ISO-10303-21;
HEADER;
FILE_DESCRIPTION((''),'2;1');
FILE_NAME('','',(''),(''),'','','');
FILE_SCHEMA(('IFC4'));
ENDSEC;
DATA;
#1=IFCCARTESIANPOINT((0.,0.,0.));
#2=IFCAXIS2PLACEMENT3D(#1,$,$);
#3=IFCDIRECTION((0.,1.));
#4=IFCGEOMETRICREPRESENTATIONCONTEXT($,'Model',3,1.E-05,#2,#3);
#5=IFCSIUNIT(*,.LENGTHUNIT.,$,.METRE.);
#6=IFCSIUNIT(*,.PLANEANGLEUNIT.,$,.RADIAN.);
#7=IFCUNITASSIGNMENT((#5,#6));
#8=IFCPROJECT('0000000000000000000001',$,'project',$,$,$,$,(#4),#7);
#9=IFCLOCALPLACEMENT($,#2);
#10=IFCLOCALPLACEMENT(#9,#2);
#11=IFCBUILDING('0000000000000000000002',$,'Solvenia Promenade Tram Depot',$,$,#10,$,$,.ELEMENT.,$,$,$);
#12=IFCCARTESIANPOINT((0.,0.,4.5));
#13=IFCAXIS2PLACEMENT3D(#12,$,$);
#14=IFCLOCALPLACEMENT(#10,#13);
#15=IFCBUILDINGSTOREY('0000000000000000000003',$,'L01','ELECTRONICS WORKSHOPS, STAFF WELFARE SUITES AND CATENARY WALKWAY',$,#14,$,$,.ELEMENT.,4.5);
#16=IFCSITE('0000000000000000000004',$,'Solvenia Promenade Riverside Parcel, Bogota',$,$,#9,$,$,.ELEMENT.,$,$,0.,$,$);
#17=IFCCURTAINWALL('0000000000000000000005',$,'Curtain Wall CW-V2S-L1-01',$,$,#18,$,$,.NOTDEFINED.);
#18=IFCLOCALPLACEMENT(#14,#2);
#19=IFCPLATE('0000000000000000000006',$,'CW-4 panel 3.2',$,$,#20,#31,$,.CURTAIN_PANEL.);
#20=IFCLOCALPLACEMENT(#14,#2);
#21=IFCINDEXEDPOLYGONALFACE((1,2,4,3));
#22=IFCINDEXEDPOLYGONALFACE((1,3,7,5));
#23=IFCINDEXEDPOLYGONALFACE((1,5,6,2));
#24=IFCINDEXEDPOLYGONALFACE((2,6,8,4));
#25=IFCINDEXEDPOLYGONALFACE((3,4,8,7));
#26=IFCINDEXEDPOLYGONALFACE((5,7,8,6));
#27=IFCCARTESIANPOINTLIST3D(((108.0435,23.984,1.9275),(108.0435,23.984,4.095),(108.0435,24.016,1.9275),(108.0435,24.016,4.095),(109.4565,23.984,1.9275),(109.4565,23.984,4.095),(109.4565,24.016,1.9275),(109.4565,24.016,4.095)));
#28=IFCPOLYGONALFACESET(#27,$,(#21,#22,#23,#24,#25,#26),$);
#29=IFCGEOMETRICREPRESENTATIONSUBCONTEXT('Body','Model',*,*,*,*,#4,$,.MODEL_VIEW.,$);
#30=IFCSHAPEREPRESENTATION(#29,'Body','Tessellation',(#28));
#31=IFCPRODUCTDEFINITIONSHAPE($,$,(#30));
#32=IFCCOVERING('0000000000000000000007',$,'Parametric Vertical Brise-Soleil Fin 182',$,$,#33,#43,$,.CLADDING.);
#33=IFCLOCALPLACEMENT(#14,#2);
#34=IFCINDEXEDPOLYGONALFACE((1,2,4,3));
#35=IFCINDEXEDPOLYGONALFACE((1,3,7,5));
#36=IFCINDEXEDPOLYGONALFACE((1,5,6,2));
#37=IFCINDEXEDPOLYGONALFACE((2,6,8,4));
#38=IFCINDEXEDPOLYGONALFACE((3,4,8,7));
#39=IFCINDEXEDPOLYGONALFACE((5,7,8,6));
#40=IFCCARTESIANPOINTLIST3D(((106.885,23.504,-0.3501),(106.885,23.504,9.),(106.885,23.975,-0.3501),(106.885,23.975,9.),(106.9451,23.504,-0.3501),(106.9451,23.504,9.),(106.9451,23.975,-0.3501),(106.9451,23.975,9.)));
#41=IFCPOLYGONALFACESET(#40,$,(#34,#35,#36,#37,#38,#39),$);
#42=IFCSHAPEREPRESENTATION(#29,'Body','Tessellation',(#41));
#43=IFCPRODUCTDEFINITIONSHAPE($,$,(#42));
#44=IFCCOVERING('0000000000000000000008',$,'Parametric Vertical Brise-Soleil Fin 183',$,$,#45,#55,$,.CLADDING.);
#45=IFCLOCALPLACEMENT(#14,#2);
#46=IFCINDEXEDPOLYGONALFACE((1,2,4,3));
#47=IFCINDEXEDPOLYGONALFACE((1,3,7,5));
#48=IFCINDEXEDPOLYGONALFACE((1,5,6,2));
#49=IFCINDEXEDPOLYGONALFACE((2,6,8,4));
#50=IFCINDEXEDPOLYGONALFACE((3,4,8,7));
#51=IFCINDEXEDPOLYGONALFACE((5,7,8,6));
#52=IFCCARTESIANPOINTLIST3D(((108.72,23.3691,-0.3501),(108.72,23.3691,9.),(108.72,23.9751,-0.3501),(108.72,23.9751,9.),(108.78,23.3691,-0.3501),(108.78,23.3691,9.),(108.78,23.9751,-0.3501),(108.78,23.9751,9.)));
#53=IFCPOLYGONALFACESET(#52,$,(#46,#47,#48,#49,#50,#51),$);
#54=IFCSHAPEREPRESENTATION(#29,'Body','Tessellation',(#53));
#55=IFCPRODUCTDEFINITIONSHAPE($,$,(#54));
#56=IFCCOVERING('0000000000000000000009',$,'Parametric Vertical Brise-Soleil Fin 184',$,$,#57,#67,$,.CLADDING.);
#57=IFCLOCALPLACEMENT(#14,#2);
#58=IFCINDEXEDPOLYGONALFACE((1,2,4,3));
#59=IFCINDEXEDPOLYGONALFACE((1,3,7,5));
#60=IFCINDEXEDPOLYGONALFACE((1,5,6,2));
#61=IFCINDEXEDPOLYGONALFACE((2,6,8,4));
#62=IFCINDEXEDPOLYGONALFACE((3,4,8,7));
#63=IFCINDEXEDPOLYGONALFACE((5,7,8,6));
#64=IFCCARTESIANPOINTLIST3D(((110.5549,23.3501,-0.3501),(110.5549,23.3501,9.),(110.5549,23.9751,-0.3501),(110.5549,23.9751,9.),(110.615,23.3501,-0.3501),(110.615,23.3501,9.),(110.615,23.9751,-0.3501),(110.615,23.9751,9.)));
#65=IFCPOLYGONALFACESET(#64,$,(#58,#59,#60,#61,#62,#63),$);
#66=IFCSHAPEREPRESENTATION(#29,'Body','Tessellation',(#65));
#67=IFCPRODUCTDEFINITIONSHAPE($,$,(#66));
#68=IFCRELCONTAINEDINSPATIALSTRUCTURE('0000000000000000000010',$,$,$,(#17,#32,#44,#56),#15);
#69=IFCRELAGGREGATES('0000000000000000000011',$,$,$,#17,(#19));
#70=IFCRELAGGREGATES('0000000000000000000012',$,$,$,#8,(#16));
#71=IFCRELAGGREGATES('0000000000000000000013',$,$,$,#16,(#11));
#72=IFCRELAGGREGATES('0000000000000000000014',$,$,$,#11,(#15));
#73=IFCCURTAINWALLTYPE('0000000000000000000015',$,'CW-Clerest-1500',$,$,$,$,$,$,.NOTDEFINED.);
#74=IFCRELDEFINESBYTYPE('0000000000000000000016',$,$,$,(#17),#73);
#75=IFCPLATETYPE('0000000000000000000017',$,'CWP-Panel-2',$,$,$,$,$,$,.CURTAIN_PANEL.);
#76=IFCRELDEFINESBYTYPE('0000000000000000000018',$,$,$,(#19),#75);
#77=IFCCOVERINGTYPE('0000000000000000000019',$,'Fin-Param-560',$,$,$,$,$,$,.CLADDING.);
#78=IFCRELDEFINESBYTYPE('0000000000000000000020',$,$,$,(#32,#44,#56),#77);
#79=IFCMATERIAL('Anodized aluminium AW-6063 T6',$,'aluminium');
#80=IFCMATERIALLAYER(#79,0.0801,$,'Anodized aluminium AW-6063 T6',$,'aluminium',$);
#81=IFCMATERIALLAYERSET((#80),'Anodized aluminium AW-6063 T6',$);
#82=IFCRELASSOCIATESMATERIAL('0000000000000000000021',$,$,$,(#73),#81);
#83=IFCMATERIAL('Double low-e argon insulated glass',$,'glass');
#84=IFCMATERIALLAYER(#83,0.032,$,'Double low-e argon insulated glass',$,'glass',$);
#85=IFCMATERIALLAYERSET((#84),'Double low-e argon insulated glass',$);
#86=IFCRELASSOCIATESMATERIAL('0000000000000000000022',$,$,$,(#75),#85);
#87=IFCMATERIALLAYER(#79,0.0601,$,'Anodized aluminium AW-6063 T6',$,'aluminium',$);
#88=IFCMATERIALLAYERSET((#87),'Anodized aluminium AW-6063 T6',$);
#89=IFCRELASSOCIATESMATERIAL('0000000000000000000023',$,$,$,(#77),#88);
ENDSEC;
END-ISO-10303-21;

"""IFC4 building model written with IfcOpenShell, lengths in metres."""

from ifc_helpers import new_model, si_unit, direction, frame, origin, origin_2d, place, context, subcontext, project, spatial, rectangle, extrude, material, layer, layer_set, type_object, element, aggregate, save


model = new_model("IFC4")

# Units and contexts
model_context = context("Model", 3, precision=1e-05, world=origin(), true_north=direction((0.0, 1.0)))
body_context = subcontext(model_context, "Body", "Model", "MODEL_VIEW")
ifc_project = project(units=[si_unit("LENGTHUNIT", "METRE"), si_unit("PLANEANGLEUNIT", "RADIAN")], contexts=[model_context])

# Site, building, storey
site_placement = place(None, origin())
site = spatial("IfcSite", under=ifc_project, at=site_placement, Name="Solvenia Promenade Riverside Parcel, Bogota", CompositionType="ELEMENT", RefElevation=0.0)
building_placement = place(site_placement, origin())
building = spatial("IfcBuilding", under=site, at=building_placement, Name="Solvenia Promenade Tram Depot", CompositionType="ELEMENT")
storey_placement = place(building_placement, frame((0.0, 0.0, 4.5)))
storey = spatial("IfcBuildingStorey", under=building, at=storey_placement, Name="L01", Description="ELECTRONICS WORKSHOPS, STAFF WELFARE SUITES AND CATENARY WALKWAY", CompositionType="ELEMENT", Elevation=4.5)

# Curtain wall
ifc_material_1 = material(Name="Anodized aluminium AW-6063 T6", Category="aluminium")
ifc_layer_1 = layer(ifc_material_1, 0.0801, Name="Anodized aluminium AW-6063 T6", Category="aluminium")
ifc_layer_set_1 = layer_set([ifc_layer_1], Name="Anodized aluminium AW-6063 T6")
curtain_wall_type = type_object("IfcCurtainWallType", Name="CW-Clerest-1500", PredefinedType="NOTDEFINED", material=ifc_layer_set_1)
curtain_wall_placement = place(storey_placement, origin())
curtain_wall = element("IfcCurtainWall", 1, at=curtain_wall_placement, inside=storey, type_object=curtain_wall_type, Name="Curtain Wall CW-V2S-L1-01", PredefinedType="NOTDEFINED")

# Plate
ifc_material_2 = material(Name="Double low-e argon insulated glass", Category="glass")
ifc_layer_2 = layer(ifc_material_2, 0.032, Name="Double low-e argon insulated glass", Category="glass")
ifc_layer_set_2 = layer_set([ifc_layer_2], Name="Double low-e argon insulated glass")
plate_type = type_object("IfcPlateType", Name="CWP-Panel-2", PredefinedType="CURTAIN_PANEL", material=ifc_layer_set_2)
plate_1_placement = place(storey_placement, frame((108.75, 24.0, 1.9275), z_axis=(0.0, 0.0, 1.0), x_axis=(1.0, 0.0, 0.0)))
plate_1 = element("IfcPlate", 2, at=plate_1_placement, type_object=plate_type, Name="CW-4 panel 3.2", PredefinedType="CURTAIN_PANEL", context=body_context, shape_type="SweptSolid", body=[
    extrude(rectangle(XDim=1.4131, YDim=0.032, at=origin_2d()), origin(), (0.0, 0.0, 1.0), 2.1675),
])
aggregate(curtain_wall, [plate_1])

# Coverings
ifc_layer_3 = layer(ifc_material_1, 0.0601, Name="Anodized aluminium AW-6063 T6", Category="aluminium")
ifc_layer_set_3 = layer_set([ifc_layer_3], Name="Anodized aluminium AW-6063 T6")
covering_type = type_object("IfcCoveringType", Name="Fin-Param-560", PredefinedType="CLADDING", material=ifc_layer_set_3)
covering_1_placement = place(storey_placement, frame((106.915, 23.7395, -0.3501), z_axis=(0.0, 0.0, 1.0), x_axis=(1.0, 0.0, 0.0)))
element("IfcCovering", 3, at=covering_1_placement, inside=storey, type_object=covering_type, Name="Parametric Vertical Brise-Soleil Fin 182", PredefinedType="CLADDING", context=body_context, shape_type="SweptSolid", body=[
    extrude(rectangle(XDim=0.0601, YDim=0.4709, at=origin_2d()), origin(), (0.0, 0.0, 1.0), 9.3501),
])
covering_2_placement = place(storey_placement, frame((108.75, 23.6721, -0.3501), z_axis=(0.0, 0.0, 1.0), x_axis=(1.0, 0.0, 0.0)))
element("IfcCovering", 4, at=covering_2_placement, inside=storey, type_object=covering_type, Name="Parametric Vertical Brise-Soleil Fin 183", PredefinedType="CLADDING", context=body_context, shape_type="SweptSolid", body=[
    extrude(rectangle(XDim=0.0601, YDim=0.606, at=origin_2d()), origin(), (0.0, 0.0, 1.0), 9.3501),
])
covering_3_placement = place(storey_placement, frame((110.585, 23.6626, -0.3501), z_axis=(0.0, 0.0, 1.0), x_axis=(1.0, 0.0, 0.0)))
element("IfcCovering", 5, at=covering_3_placement, inside=storey, type_object=covering_type, Name="Parametric Vertical Brise-Soleil Fin 184", PredefinedType="CLADDING", context=body_context, shape_type="SweptSolid", body=[
    extrude(rectangle(XDim=0.0601, YDim=0.625, at=origin_2d()), origin(), (0.0, 0.0, 1.0), 9.3501),
])

save(model, "model.ifc")
